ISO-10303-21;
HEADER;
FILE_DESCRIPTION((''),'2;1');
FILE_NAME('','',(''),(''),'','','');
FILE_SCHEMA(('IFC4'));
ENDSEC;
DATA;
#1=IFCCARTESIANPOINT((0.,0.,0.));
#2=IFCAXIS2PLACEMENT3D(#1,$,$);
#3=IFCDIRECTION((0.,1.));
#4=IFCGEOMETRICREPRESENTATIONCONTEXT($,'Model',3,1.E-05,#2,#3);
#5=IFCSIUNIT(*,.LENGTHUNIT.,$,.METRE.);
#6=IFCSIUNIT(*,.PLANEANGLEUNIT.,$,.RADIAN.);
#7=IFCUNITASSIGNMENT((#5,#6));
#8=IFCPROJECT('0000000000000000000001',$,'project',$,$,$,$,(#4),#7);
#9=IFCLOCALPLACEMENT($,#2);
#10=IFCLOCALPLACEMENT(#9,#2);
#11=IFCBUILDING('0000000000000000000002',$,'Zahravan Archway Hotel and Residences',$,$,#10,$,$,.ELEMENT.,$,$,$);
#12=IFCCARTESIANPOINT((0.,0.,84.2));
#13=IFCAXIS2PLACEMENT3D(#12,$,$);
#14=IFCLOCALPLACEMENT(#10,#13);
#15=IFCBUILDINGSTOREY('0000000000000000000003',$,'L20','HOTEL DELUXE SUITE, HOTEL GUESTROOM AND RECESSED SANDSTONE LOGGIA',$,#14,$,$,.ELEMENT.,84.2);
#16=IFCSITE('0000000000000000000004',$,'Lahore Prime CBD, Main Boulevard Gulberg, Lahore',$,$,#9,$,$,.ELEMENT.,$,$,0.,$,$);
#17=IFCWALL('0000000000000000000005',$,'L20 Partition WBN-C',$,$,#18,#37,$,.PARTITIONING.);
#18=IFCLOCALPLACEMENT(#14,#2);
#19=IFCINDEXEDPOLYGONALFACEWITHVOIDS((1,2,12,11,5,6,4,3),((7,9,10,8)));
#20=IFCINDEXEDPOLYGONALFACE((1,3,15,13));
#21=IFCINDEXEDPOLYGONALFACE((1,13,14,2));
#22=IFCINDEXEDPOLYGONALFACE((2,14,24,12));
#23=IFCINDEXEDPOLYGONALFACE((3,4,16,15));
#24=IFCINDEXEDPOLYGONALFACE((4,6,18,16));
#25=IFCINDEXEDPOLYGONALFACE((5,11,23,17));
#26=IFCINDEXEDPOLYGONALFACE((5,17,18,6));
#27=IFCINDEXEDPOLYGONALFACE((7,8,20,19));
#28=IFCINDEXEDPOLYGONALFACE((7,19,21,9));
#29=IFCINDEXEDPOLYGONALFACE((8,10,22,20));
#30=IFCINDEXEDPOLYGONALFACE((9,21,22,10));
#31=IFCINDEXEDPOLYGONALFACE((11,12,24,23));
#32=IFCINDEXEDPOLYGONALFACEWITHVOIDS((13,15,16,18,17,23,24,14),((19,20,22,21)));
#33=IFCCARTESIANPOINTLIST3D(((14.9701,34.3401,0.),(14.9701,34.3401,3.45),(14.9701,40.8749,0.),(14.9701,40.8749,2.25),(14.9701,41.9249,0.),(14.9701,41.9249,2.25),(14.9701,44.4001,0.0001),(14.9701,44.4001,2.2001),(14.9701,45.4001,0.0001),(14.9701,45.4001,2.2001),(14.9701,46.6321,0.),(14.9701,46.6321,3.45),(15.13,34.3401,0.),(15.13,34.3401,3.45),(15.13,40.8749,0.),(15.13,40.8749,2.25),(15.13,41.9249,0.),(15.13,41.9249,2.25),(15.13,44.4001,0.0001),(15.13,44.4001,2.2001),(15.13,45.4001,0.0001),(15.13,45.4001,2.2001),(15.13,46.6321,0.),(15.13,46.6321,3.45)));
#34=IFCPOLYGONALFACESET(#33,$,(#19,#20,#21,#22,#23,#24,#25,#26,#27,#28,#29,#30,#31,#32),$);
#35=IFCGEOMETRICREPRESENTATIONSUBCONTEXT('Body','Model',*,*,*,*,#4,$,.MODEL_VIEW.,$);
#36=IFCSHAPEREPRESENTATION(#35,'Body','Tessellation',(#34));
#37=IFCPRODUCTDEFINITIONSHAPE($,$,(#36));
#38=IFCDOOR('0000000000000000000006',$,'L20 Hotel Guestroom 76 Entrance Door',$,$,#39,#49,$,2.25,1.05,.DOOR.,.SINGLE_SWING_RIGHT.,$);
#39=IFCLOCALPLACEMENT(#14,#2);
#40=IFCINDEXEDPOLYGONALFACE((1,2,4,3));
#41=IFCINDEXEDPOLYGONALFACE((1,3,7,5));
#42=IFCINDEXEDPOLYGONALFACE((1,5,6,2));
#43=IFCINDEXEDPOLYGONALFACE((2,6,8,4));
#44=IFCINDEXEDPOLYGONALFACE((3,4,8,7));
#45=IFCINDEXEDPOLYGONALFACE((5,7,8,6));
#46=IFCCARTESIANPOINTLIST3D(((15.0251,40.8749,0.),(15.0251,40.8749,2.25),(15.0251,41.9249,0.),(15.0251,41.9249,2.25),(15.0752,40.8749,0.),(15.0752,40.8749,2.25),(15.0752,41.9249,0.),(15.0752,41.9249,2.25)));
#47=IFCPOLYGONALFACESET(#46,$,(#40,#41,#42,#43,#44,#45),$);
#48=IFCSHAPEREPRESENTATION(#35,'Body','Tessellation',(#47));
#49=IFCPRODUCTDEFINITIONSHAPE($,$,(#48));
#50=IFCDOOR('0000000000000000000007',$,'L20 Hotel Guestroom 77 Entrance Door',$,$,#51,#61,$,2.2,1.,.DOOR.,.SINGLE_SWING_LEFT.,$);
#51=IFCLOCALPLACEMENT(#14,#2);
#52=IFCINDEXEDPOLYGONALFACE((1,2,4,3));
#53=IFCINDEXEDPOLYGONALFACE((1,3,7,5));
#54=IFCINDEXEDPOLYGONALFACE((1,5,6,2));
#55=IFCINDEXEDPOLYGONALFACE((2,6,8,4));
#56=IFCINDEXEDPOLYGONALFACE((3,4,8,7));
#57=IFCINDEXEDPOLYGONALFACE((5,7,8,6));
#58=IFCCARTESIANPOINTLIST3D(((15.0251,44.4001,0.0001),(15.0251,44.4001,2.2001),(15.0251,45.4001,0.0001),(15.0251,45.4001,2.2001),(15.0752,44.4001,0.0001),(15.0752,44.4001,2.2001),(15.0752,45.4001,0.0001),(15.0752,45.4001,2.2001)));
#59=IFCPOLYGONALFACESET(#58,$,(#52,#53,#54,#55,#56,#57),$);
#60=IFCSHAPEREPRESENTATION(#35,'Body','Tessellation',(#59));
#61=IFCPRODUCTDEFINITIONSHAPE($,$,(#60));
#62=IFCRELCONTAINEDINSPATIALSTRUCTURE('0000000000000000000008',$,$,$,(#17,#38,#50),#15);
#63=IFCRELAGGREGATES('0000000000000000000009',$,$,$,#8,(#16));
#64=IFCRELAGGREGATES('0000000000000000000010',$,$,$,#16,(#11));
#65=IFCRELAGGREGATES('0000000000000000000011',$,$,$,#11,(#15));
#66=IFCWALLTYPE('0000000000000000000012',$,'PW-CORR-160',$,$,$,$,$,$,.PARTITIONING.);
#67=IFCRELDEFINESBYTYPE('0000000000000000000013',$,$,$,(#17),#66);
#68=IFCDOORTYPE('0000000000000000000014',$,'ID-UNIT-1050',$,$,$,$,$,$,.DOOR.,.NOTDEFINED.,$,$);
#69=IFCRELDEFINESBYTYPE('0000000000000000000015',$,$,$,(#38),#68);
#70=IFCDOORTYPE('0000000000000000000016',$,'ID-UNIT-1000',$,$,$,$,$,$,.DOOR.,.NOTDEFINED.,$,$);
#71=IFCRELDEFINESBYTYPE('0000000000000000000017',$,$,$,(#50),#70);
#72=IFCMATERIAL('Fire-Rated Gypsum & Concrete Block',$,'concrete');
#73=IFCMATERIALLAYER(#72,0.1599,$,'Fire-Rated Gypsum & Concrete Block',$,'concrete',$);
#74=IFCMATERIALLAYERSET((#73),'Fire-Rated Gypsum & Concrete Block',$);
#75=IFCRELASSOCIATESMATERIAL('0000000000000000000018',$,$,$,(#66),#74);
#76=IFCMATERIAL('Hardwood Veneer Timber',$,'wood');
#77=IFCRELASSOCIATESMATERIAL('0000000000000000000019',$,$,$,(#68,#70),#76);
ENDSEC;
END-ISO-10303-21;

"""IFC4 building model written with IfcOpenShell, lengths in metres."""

from ifc_helpers import new_model, si_unit, direction, frame, frame_2d, origin, place, context, subcontext, project, spatial, rectangle, extrude, source, transform, mapped, material, layer, layer_set, type_object, type_shapes, element, fill, save


model = new_model("IFC4")

# Units and contexts
model_context = context("Model", 3, precision=1e-05, world=origin(), true_north=direction((0.0, 1.0)))
body_context = subcontext(model_context, "Body", "Model", "MODEL_VIEW")
ifc_project = project(units=[si_unit("LENGTHUNIT", "METRE"), si_unit("PLANEANGLEUNIT", "RADIAN")], contexts=[model_context])

# Site, building, storey
site_placement = place(None, origin())
site = spatial("IfcSite", under=ifc_project, at=site_placement, Name="Lahore Prime CBD, Main Boulevard Gulberg, Lahore", CompositionType="ELEMENT", RefElevation=0.0)
building_placement = place(site_placement, origin())
building = spatial("IfcBuilding", under=site, at=building_placement, Name="Zahravan Archway Hotel and Residences", CompositionType="ELEMENT")
storey_placement = place(building_placement, frame((0.0, 0.0, 84.2)))
storey = spatial("IfcBuildingStorey", under=building, at=storey_placement, Name="L20", Description="HOTEL DELUXE SUITE, HOTEL GUESTROOM AND RECESSED SANDSTONE LOGGIA", CompositionType="ELEMENT", Elevation=84.2)

# Wall, openings, doors
ifc_material_1 = material(Name="Fire-Rated Gypsum & Concrete Block", Category="concrete")
ifc_layer_1 = layer(ifc_material_1, 0.1599, Name="Fire-Rated Gypsum & Concrete Block", Category="concrete")
ifc_layer_set_1 = layer_set([ifc_layer_1], Name="Fire-Rated Gypsum & Concrete Block")
wall_type = type_object("IfcWallType", Name="PW-CORR-160", PredefinedType="PARTITIONING", material=ifc_layer_set_1)
wall_placement = place(storey_placement, frame((15.05, 34.3401, 0.0), z_axis=(0.0, 0.0, 1.0), x_axis=(0.0, 1.0, 0.0)))
wall = element("IfcWall", 1, at=wall_placement, inside=storey, type_object=wall_type, Name="L20 Partition WBN-C", PredefinedType="PARTITIONING", context=body_context, shape_type="SweptSolid", body=[
    extrude(rectangle(XDim=12.292, YDim=0.1599, at=frame_2d((6.146, 0.0))), origin(), (0.0, 0.0, 1.0), 3.45),
])
opening_1_placement = place(wall_placement, frame((6.5349, 0.0, 0.0)))
opening_1 = element("IfcOpeningElement", 2, at=opening_1_placement, cuts=wall, PredefinedType="OPENING", context=body_context, shape_type="SweptSolid", body=[
    extrude(rectangle(XDim=1.05, YDim=2.25, at=frame_2d((0.5249, 1.125))), frame((0.0, 0.0898, 0.0), z_axis=(0.0, -1.0, 0.0), x_axis=(1.0, 0.0, 0.0)), (0.0, 0.0, 1.0), 0.1799),
])
opening_2_placement = place(wall_placement, frame((10.0601, 0.0, 0.0)))
opening_2 = element("IfcOpeningElement", 3, at=opening_2_placement, cuts=wall, PredefinedType="OPENING", context=body_context, shape_type="SweptSolid", body=[
    extrude(rectangle(XDim=1.0, YDim=2.2, at=frame_2d((0.5, 1.1001))), frame((0.0, 0.0898, 0.0), z_axis=(0.0, -1.0, 0.0), x_axis=(1.0, 0.0, 0.0)), (0.0, 0.0, 1.0), 0.1799),
])
ifc_material_2 = material(Name="Hardwood Veneer Timber", Category="wood")
door_type_1 = type_object("IfcDoorType", Name="ID-UNIT-1050", OperationType="NOTDEFINED", PredefinedType="DOOR", material=ifc_material_2)
shared_shape_1 = source(origin(), body_context, "Body", "SweptSolid", [
    extrude(rectangle(XDim=1.05, YDim=2.25, at=frame_2d((0.5249, 1.125))), frame((0.0, 0.0249, 0.0), z_axis=(0.0, -1.0, 0.0), x_axis=(1.0, 0.0, 0.0)), (0.0, 0.0, 1.0), 0.05),
])
type_shapes(door_type_1, [shared_shape_1])
door_1_placement = place(opening_1_placement, origin())
door_1 = element("IfcDoor", 4, at=door_1_placement, inside=storey, type_object=door_type_1, Name="L20 Hotel Guestroom 76 Entrance Door", OperationType="SINGLE_SWING_RIGHT", OverallHeight=2.25, OverallWidth=1.05, PredefinedType="DOOR", context=body_context, shape_type="MappedRepresentation", body=[
    mapped(shared_shape_1, transform((0.0, 0.0, 0.0), scale=1.0)),
])
fill(opening_1, door_1)
door_type_2 = type_object("IfcDoorType", Name="ID-UNIT-1000", OperationType="NOTDEFINED", PredefinedType="DOOR", material=ifc_material_2)
shared_shape_2 = source(origin(), body_context, "Body", "SweptSolid", [
    extrude(rectangle(XDim=1.0, YDim=2.2, at=frame_2d((0.5, 1.1001))), frame((0.0, 0.0249, 0.0), z_axis=(0.0, -1.0, 0.0), x_axis=(1.0, 0.0, 0.0)), (0.0, 0.0, 1.0), 0.05),
])
type_shapes(door_type_2, [shared_shape_2])
door_2_placement = place(opening_2_placement, origin())
door_2 = element("IfcDoor", 5, at=door_2_placement, inside=storey, type_object=door_type_2, Name="L20 Hotel Guestroom 77 Entrance Door", OperationType="SINGLE_SWING_LEFT", OverallHeight=2.2, OverallWidth=1.0, PredefinedType="DOOR", context=body_context, shape_type="MappedRepresentation", body=[
    mapped(shared_shape_2, transform((0.0, 0.0, 0.0), scale=1.0)),
])
fill(opening_2, door_2)

save(model, "model.ifc")
